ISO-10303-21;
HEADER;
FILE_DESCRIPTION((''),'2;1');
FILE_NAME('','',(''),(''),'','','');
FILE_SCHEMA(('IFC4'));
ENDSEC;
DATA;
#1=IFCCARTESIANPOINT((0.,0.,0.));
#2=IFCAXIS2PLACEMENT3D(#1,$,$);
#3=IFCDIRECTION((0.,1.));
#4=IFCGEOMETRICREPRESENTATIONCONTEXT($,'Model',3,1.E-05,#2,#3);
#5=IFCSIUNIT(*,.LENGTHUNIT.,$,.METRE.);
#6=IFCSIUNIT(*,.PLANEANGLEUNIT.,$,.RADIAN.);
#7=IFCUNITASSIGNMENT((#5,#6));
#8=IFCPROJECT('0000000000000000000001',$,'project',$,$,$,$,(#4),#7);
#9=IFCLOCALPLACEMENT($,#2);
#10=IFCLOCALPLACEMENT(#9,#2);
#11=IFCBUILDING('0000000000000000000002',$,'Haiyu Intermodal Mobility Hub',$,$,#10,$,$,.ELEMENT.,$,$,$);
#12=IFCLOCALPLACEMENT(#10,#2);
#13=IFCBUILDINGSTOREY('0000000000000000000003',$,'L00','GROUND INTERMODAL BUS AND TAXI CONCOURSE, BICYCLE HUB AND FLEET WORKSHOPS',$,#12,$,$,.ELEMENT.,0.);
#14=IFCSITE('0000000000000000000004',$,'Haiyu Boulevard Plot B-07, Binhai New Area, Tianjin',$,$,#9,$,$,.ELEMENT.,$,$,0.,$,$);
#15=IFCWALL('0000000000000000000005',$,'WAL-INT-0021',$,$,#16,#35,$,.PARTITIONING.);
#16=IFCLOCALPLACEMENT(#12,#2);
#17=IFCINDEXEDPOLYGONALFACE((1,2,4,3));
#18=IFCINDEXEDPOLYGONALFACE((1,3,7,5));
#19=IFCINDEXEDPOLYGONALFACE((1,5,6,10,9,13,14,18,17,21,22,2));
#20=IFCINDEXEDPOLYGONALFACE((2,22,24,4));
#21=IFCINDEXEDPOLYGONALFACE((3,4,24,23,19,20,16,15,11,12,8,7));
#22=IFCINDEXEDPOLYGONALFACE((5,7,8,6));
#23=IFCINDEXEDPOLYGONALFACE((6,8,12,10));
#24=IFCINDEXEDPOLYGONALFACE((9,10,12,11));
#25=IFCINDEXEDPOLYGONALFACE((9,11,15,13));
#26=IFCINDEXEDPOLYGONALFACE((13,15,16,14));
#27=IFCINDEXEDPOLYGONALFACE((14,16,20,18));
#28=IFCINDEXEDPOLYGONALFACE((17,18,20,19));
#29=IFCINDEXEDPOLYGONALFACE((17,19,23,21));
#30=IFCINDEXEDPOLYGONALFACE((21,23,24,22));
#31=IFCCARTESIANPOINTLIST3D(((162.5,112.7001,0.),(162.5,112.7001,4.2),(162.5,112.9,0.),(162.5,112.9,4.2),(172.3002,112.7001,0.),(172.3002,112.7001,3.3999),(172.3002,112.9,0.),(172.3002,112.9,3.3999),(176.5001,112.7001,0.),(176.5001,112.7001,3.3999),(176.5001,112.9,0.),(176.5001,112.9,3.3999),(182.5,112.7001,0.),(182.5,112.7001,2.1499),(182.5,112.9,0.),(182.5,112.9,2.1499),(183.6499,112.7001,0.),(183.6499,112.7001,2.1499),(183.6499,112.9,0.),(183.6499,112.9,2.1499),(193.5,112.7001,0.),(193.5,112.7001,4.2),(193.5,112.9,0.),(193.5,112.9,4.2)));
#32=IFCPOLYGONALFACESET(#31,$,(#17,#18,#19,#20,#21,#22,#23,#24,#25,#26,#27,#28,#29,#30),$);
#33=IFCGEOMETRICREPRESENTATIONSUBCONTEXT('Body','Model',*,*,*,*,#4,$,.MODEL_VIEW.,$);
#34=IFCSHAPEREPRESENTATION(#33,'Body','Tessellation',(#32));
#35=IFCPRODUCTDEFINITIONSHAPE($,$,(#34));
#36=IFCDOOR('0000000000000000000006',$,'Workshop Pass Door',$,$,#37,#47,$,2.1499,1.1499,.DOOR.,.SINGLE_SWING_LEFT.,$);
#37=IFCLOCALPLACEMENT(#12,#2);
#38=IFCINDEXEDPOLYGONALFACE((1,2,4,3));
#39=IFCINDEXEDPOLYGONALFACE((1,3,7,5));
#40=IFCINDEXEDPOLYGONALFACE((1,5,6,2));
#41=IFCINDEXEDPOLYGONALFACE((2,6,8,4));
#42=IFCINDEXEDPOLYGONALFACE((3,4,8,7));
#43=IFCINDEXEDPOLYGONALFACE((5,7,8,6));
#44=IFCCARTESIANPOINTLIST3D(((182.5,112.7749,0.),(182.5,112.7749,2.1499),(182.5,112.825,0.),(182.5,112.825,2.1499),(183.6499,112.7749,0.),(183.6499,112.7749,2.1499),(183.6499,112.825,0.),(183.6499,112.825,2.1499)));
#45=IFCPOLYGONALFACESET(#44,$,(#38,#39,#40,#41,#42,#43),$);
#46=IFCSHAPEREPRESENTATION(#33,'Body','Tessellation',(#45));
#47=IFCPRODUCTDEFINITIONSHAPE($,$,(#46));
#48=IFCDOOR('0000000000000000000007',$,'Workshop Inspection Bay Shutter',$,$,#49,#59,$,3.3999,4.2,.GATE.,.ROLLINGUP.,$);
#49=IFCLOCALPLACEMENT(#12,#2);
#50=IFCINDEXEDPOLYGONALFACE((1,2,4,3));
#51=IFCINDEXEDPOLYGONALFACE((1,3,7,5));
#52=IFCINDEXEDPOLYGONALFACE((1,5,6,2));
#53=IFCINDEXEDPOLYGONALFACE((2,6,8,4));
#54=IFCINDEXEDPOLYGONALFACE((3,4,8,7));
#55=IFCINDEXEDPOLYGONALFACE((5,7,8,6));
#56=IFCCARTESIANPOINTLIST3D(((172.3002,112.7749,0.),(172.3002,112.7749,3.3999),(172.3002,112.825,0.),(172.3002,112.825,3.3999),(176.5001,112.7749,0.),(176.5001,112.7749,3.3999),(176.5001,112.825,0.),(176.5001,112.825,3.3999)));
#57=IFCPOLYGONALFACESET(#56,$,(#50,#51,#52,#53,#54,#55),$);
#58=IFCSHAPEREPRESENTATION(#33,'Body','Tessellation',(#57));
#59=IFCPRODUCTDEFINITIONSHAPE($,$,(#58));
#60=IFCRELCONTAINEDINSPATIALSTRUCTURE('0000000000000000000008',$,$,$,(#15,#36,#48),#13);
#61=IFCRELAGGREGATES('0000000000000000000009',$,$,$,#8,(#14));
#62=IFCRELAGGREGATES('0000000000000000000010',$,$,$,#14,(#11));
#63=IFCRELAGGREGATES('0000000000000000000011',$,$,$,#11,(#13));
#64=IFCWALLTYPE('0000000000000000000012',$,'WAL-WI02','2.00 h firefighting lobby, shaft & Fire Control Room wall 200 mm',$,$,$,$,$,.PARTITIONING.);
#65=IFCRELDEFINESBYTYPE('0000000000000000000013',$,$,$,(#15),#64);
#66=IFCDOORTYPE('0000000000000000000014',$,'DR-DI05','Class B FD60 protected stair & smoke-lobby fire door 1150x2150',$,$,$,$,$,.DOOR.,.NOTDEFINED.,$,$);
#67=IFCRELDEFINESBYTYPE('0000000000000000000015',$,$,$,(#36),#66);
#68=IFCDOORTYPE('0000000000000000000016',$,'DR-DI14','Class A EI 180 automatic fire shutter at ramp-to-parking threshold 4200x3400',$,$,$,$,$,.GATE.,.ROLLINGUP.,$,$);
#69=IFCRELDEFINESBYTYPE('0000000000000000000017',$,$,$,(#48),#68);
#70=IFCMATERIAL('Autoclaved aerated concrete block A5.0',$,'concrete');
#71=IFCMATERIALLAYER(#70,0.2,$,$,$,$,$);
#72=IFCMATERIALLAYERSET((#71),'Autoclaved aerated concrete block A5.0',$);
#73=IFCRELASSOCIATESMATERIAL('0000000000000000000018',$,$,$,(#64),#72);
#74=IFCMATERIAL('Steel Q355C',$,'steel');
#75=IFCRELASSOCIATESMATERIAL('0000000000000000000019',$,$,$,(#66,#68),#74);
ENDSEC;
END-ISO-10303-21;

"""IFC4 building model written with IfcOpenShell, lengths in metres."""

from ifc_helpers import new_model, si_unit, direction, frame, frame_2d, origin, place, context, subcontext, project, spatial, rectangle, extrude, material, layer, layer_set, type_object, element, fill, save


model = new_model("IFC4")

# Units and contexts
model_context = context("Model", 3, precision=1e-05, world=origin(), true_north=direction((0.0, 1.0)))
body_context = subcontext(model_context, "Body", "Model", "MODEL_VIEW")
ifc_project = project(units=[si_unit("LENGTHUNIT", "METRE"), si_unit("PLANEANGLEUNIT", "RADIAN")], contexts=[model_context])

# Site, building, storey
site_placement = place(None, origin())
site = spatial("IfcSite", under=ifc_project, at=site_placement, Name="Haiyu Boulevard Plot B-07, Binhai New Area, Tianjin", CompositionType="ELEMENT", RefElevation=0.0)
building_placement = place(site_placement, origin())
building = spatial("IfcBuilding", under=site, at=building_placement, Name="Haiyu Intermodal Mobility Hub", CompositionType="ELEMENT")
storey_placement = place(building_placement, origin())
storey = spatial("IfcBuildingStorey", under=building, at=storey_placement, Name="L00", Description="GROUND INTERMODAL BUS AND TAXI CONCOURSE, BICYCLE HUB AND FLEET WORKSHOPS", CompositionType="ELEMENT", Elevation=0.0)

# Wall, openings, doors
ifc_material_1 = material(Name="Autoclaved aerated concrete block A5.0", Category="concrete")
ifc_material_2 = material(Name="Steel Q355C", Category="steel")
ifc_layer_1 = layer(ifc_material_1, 0.2)
ifc_layer_set_1 = layer_set([ifc_layer_1], Name="Autoclaved aerated concrete block A5.0")
wall_type_1 = type_object("IfcWallType", Name="WAL-WI02", Description="2.00 h firefighting lobby, shaft & Fire Control Room wall 200 mm", PredefinedType="PARTITIONING", material=ifc_layer_set_1)
wall_1_placement = place(storey_placement, frame((162.5, 112.8, 0.0), z_axis=(0.0, 0.0, 1.0), x_axis=(1.0, 0.0, 0.0)))
wall_1 = element("IfcWall", 1, at=wall_1_placement, inside=storey, type_object=wall_type_1, Name="WAL-INT-0021", PredefinedType="PARTITIONING", context=body_context, shape_type="SweptSolid", body=[
    extrude(rectangle(XDim=31.0, YDim=0.2, at=frame_2d((15.5, 0.0))), origin(), (0.0, 0.0, 1.0), 4.2),
])
opening_1_placement = place(wall_1_placement, frame((9.8, 0.0, 0.0)))
opening_1 = element("IfcOpeningElement", 2, at=opening_1_placement, cuts=wall_1, PredefinedType="OPENING", context=body_context, shape_type="SweptSolid", body=[
    extrude(rectangle(XDim=4.2, YDim=3.3999, at=frame_2d((2.1001, 1.7))), frame((0.0, 0.1099, 0.0), z_axis=(0.0, -1.0, 0.0), x_axis=(1.0, 0.0, 0.0)), (0.0, 0.0, 1.0), 0.22),
])
opening_2_placement = place(wall_1_placement, frame((20.0, 0.0, 0.0)))
opening_2 = element("IfcOpeningElement", 3, at=opening_2_placement, cuts=wall_1, PredefinedType="OPENING", context=body_context, shape_type="SweptSolid", body=[
    extrude(rectangle(XDim=1.1499, YDim=2.1499, at=frame_2d((0.575, 1.075))), frame((0.0, 0.1099, 0.0), z_axis=(0.0, -1.0, 0.0), x_axis=(1.0, 0.0, 0.0)), (0.0, 0.0, 1.0), 0.22),
])
door_type_1 = type_object("IfcDoorType", Name="DR-DI05", Description="Class B FD60 protected stair & smoke-lobby fire door 1150x2150", OperationType="NOTDEFINED", PredefinedType="DOOR", material=ifc_material_2)
door_1_placement = place(opening_2_placement, origin())
door_1 = element("IfcDoor", 4, at=door_1_placement, inside=storey, type_object=door_type_1, Name="Workshop Pass Door", OperationType="SINGLE_SWING_LEFT", OverallHeight=2.1499, OverallWidth=1.1499, PredefinedType="DOOR", context=body_context, shape_type="SweptSolid", body=[
    extrude(rectangle(XDim=1.1499, YDim=2.1499, at=frame_2d((0.575, 1.075))), frame((0.0, 0.0249, 0.0), z_axis=(0.0, -1.0, 0.0), x_axis=(1.0, 0.0, 0.0)), (0.0, 0.0, 1.0), 0.05),
])
fill(opening_2, door_1)
door_type_2 = type_object("IfcDoorType", Name="DR-DI14", Description="Class A EI 180 automatic fire shutter at ramp-to-parking threshold 4200x3400", OperationType="ROLLINGUP", PredefinedType="GATE", material=ifc_material_2)
door_2_placement = place(opening_1_placement, origin())
door_2 = element("IfcDoor", 5, at=door_2_placement, inside=storey, type_object=door_type_2, Name="Workshop Inspection Bay Shutter", OperationType="ROLLINGUP", OverallHeight=3.3999, OverallWidth=4.2, PredefinedType="GATE", context=body_context, shape_type="SweptSolid", body=[
    extrude(rectangle(XDim=4.2, YDim=3.3999, at=frame_2d((2.1001, 1.7))), frame((0.0, 0.0249, 0.0), z_axis=(0.0, -1.0, 0.0), x_axis=(1.0, 0.0, 0.0)), (0.0, 0.0, 1.0), 0.05),
])
fill(opening_1, door_2)

save(model, "model.ifc")
